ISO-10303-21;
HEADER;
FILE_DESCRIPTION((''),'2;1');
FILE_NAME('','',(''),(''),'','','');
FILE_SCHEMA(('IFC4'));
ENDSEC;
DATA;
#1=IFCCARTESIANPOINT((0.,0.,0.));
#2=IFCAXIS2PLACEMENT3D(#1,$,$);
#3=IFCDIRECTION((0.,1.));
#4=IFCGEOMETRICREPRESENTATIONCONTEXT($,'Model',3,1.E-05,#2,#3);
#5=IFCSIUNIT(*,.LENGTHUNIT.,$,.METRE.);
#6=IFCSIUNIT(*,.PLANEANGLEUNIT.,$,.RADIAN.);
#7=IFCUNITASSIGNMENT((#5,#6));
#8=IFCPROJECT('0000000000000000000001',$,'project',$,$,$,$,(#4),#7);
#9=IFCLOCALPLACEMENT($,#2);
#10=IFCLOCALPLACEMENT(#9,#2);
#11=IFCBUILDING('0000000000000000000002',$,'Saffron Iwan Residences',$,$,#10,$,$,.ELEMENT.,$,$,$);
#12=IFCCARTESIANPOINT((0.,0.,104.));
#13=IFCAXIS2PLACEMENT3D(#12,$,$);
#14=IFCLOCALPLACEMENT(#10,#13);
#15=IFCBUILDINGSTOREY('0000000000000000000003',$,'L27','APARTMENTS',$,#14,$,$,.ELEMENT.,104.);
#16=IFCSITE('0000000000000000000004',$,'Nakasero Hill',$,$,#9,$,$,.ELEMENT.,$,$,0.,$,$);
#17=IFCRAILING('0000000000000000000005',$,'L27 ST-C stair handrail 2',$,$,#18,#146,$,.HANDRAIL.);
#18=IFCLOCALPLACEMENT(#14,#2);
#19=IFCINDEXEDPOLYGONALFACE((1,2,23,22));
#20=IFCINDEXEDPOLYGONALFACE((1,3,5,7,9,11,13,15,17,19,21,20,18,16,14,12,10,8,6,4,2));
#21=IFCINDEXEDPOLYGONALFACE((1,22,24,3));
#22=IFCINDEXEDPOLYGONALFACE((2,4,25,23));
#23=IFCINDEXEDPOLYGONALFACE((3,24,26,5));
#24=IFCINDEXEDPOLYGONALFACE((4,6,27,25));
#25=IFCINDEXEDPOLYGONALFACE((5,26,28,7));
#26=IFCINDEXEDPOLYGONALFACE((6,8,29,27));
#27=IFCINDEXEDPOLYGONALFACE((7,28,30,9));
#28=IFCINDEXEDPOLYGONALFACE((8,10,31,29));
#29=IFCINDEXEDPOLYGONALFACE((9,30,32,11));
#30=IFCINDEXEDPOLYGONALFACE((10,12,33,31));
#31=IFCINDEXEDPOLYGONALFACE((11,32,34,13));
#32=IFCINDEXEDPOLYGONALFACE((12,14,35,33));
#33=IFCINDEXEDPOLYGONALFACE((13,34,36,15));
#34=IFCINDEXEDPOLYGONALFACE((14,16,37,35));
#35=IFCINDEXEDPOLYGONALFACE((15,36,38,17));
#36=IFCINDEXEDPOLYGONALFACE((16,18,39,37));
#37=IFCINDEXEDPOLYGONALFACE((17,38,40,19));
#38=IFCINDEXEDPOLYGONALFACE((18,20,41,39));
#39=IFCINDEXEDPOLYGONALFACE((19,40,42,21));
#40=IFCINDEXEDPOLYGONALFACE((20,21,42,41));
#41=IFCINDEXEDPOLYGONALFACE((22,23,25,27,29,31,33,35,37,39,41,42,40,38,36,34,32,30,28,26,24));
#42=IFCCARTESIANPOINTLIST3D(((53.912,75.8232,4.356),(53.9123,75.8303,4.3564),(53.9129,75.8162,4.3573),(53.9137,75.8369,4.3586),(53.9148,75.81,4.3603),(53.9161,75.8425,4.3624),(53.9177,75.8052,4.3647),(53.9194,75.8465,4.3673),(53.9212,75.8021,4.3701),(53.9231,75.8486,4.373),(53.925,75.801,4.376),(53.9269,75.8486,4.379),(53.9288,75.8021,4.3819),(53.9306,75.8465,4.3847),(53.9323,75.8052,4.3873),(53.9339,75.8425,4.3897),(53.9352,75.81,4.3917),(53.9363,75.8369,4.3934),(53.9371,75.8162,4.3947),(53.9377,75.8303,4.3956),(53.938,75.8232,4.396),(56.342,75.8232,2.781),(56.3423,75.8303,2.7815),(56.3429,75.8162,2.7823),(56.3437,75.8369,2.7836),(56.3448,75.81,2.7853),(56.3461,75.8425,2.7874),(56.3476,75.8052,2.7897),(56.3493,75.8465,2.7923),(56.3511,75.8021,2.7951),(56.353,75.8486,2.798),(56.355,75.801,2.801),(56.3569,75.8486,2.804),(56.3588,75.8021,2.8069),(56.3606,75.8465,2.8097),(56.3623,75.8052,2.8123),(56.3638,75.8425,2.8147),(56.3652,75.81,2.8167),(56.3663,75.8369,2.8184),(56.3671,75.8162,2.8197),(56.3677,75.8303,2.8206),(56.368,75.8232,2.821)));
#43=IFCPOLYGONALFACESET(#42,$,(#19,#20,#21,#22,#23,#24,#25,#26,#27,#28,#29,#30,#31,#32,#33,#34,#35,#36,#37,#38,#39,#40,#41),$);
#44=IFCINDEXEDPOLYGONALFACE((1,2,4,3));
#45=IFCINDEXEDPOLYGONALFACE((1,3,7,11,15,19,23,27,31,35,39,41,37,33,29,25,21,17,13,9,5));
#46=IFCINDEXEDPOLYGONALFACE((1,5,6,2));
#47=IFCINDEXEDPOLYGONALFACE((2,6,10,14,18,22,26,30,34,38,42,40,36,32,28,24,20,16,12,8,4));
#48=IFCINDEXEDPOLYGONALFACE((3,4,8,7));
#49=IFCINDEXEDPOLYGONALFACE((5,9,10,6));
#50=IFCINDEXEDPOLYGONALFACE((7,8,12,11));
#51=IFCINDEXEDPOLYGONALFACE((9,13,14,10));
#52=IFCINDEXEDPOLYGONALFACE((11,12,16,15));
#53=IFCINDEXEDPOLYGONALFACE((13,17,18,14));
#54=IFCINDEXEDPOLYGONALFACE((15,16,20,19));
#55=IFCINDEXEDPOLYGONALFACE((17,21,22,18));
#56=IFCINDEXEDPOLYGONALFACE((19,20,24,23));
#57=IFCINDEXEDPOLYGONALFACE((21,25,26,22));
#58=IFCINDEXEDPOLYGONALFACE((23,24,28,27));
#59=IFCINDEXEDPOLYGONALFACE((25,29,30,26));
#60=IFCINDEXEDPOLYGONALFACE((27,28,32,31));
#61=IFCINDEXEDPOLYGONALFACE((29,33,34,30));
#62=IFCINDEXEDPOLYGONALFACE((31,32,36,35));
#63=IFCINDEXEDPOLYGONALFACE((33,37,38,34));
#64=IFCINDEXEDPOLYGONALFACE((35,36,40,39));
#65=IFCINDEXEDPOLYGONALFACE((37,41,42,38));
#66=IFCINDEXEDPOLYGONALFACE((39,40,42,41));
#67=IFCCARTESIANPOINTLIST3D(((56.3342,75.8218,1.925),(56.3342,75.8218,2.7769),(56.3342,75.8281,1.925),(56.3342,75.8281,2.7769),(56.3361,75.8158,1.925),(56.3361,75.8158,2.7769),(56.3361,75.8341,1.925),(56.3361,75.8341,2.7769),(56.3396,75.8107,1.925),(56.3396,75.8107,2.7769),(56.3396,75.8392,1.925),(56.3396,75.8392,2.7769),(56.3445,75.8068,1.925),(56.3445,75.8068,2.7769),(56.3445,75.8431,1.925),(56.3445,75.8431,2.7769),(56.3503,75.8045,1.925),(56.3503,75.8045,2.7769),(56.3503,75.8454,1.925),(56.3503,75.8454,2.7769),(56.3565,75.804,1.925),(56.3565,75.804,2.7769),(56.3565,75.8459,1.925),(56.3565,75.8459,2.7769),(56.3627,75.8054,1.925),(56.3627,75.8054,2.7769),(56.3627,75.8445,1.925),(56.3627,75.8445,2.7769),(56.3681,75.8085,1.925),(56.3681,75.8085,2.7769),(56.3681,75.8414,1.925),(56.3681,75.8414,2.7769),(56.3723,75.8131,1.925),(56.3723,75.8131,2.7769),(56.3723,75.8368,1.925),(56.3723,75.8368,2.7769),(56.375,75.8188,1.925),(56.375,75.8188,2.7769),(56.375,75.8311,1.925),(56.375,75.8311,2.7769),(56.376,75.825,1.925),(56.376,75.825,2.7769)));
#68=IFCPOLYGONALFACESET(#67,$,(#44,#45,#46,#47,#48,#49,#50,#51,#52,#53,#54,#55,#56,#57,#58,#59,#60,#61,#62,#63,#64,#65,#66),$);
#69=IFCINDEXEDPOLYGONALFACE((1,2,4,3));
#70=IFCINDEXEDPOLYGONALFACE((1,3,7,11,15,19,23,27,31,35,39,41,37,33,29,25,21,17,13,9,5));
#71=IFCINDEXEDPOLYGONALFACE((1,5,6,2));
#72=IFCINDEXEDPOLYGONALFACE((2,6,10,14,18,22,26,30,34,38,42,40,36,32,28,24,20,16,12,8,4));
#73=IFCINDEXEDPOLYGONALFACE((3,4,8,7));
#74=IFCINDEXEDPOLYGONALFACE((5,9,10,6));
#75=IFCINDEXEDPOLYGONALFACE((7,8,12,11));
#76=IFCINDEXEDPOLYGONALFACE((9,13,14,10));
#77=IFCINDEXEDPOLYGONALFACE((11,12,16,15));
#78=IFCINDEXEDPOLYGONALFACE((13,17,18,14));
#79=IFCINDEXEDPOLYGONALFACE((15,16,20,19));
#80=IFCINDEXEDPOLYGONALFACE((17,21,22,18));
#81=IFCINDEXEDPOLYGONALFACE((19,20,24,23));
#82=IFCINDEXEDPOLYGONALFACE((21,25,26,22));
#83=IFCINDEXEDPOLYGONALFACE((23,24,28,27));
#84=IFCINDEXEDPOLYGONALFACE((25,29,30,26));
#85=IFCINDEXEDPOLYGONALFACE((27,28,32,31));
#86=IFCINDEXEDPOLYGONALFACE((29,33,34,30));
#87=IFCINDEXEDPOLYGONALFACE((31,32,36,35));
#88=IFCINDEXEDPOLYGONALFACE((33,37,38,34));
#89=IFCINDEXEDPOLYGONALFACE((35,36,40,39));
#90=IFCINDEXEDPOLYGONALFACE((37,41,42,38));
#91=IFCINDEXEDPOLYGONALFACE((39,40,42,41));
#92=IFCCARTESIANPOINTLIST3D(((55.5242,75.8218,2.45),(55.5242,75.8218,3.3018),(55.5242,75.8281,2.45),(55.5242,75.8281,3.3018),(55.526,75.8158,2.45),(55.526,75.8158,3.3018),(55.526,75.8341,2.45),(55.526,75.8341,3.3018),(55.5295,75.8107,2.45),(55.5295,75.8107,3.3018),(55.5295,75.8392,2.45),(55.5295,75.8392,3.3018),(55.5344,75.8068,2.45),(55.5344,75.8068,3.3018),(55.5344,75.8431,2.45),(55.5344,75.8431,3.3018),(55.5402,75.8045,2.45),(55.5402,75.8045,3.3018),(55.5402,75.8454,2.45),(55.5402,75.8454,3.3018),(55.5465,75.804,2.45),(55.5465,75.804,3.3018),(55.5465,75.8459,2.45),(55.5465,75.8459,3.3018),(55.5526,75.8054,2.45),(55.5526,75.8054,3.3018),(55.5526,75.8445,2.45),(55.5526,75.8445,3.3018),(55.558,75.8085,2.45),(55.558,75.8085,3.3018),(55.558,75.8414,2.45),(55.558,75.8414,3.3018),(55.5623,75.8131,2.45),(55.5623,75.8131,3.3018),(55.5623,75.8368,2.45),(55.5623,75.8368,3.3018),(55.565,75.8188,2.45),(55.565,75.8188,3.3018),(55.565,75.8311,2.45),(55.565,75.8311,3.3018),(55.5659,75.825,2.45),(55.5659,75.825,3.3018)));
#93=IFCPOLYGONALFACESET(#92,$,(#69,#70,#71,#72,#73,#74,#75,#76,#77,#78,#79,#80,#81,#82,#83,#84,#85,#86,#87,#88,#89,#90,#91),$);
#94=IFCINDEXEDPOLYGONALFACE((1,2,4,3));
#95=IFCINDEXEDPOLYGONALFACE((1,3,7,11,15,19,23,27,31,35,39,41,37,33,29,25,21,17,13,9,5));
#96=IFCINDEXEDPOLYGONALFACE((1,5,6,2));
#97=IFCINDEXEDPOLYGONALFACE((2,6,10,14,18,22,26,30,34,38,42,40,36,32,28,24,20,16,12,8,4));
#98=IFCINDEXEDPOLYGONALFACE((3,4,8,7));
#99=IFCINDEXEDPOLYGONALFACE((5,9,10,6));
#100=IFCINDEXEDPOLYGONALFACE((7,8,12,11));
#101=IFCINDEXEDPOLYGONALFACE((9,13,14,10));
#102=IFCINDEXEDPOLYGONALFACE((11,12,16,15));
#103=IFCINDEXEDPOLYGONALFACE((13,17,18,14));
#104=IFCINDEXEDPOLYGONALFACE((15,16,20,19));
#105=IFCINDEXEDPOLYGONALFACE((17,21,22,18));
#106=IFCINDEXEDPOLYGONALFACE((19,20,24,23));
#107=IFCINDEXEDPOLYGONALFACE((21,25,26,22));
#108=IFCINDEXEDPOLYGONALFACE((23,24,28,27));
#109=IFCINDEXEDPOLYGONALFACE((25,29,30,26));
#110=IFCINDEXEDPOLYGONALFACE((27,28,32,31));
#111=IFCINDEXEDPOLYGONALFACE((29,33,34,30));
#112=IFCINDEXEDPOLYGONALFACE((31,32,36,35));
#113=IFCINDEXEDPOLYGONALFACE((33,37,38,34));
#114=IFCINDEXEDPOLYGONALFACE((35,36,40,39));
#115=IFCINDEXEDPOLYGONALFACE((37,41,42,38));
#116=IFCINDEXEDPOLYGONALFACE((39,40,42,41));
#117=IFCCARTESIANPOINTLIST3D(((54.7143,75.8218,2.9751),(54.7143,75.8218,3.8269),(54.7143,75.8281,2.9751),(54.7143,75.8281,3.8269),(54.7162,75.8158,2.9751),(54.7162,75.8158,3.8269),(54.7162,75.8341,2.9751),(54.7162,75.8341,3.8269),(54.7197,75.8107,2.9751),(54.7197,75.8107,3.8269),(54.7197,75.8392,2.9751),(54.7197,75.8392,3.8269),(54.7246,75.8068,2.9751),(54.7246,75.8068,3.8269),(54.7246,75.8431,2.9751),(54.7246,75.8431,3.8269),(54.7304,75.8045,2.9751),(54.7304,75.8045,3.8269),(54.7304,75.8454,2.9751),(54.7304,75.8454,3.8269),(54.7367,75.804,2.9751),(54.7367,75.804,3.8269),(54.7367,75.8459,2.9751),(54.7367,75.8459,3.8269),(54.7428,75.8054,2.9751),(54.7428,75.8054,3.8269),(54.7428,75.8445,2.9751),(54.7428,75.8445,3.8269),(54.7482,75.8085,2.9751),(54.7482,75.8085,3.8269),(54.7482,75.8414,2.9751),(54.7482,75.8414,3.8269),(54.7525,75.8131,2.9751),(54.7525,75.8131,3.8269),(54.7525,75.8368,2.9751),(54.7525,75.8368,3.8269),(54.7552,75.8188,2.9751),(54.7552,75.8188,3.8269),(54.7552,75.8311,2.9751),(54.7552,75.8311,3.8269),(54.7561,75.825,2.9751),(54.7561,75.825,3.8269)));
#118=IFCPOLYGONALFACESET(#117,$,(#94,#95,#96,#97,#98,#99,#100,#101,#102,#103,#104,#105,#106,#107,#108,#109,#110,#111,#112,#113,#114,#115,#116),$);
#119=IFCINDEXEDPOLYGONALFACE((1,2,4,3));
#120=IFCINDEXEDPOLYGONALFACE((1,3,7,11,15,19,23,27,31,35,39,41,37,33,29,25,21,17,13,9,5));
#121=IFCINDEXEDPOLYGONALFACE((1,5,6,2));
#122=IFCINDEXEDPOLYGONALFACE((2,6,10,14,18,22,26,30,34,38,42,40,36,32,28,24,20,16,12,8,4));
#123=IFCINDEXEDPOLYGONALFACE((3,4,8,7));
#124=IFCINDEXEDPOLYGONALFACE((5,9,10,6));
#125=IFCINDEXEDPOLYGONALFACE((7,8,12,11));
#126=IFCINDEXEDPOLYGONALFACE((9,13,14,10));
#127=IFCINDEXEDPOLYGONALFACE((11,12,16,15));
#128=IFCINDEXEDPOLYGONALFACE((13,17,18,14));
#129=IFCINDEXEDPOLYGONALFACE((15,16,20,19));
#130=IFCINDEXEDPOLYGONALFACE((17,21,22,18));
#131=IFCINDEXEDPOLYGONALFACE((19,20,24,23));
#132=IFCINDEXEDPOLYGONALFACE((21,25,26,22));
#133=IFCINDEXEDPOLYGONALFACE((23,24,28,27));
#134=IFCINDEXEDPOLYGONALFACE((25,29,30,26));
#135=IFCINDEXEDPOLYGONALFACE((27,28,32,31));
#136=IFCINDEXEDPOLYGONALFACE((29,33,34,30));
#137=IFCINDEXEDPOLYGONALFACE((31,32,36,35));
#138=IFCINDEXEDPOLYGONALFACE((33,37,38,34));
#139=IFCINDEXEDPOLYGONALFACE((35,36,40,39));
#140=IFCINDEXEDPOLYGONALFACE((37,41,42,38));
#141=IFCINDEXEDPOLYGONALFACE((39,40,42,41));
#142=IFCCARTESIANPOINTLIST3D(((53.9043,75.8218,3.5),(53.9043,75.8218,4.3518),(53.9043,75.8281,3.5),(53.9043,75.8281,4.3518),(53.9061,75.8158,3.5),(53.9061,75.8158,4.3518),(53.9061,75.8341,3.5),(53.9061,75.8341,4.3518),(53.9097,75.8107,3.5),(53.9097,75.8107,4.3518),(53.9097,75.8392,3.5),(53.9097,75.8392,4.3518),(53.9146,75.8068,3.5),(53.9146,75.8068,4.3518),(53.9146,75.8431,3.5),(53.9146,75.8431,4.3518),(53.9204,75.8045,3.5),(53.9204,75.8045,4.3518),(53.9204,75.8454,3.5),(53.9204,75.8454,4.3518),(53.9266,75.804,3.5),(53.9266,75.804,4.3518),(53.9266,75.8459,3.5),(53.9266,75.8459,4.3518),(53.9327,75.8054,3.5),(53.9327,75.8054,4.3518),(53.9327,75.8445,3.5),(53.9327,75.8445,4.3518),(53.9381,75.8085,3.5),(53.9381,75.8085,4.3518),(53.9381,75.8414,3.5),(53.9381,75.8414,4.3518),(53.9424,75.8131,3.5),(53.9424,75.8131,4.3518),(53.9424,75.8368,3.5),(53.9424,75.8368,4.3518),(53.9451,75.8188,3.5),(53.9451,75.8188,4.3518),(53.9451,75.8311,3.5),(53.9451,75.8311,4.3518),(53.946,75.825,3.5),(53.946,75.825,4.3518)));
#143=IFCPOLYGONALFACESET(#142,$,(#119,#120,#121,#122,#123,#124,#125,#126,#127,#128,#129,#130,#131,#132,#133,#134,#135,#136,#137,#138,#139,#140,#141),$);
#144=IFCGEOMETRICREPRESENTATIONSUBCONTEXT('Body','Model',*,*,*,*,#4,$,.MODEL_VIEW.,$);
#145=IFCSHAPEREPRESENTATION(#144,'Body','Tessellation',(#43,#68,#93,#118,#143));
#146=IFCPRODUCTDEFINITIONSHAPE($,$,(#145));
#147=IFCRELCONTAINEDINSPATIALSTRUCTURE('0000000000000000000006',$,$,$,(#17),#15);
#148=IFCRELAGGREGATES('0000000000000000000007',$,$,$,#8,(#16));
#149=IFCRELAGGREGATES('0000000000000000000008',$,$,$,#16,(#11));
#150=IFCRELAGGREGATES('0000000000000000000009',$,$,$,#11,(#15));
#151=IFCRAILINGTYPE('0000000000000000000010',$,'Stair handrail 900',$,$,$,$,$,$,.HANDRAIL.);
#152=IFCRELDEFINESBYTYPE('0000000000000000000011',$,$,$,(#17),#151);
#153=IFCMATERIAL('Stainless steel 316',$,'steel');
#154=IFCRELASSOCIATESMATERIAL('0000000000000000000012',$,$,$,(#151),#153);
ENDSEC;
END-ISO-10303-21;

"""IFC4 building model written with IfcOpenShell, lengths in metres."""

from ifc_helpers import new_model, si_unit, direction, frame, origin, origin_2d, place, context, subcontext, project, spatial, circle, extrude, material, type_object, element, save


model = new_model("IFC4")

# Units and contexts
model_context = context("Model", 3, precision=1e-05, world=origin(), true_north=direction((0.0, 1.0)))
body_context = subcontext(model_context, "Body", "Model", "MODEL_VIEW")
ifc_project = project(units=[si_unit("LENGTHUNIT", "METRE"), si_unit("PLANEANGLEUNIT", "RADIAN")], contexts=[model_context])

# Site, building, storey
site_placement = place(None, origin())
site = spatial("IfcSite", under=ifc_project, at=site_placement, Name="Nakasero Hill", CompositionType="ELEMENT", RefElevation=0.0)
building_placement = place(site_placement, origin())
building = spatial("IfcBuilding", under=site, at=building_placement, Name="Saffron Iwan Residences", CompositionType="ELEMENT")
storey_placement = place(building_placement, frame((0.0, 0.0, 104.0)))
storey = spatial("IfcBuildingStorey", under=building, at=storey_placement, Name="L27", Description="APARTMENTS", CompositionType="ELEMENT", Elevation=104.0)

# Railing
ifc_material_1 = material(Name="Stainless steel 316", Category="steel")
railing_type_1 = type_object("IfcRailingType", Name="Stair handrail 900", PredefinedType="HANDRAIL", material=ifc_material_1)
railing_1_placement = place(storey_placement, frame((56.355, 75.825, 1.925)))
element("IfcRailing", 1, at=railing_1_placement, inside=storey, type_object=railing_type_1, Name="L27 ST-C stair handrail 2", PredefinedType="HANDRAIL", context=body_context, shape_type="SweptSolid", body=[
    extrude(circle(Radius=0.0239, at=origin_2d()), frame((0.0, 0.0, 0.876), z_axis=(-0.839154, 0.0, 0.543894), x_axis=(0.0, -1.0, 0.0)), (0.0, 0.0, 1.0), 2.8958),
    extrude(circle(Radius=0.021, at=origin_2d()), origin(), (0.0, 0.0, 1.0), 0.8518),
    extrude(circle(Radius=0.021, at=origin_2d()), frame((-0.8101, 0.0, 0.5249)), (0.0, 0.0, 1.0), 0.8518),
    extrude(circle(Radius=0.021, at=origin_2d()), frame((-1.6199, 0.0, 1.05)), (0.0, 0.0, 1.0), 0.8518),
    extrude(circle(Radius=0.021, at=origin_2d()), frame((-2.4299, 0.0, 1.575)), (0.0, 0.0, 1.0), 0.8518),
])

save(model, "model.ifc")
